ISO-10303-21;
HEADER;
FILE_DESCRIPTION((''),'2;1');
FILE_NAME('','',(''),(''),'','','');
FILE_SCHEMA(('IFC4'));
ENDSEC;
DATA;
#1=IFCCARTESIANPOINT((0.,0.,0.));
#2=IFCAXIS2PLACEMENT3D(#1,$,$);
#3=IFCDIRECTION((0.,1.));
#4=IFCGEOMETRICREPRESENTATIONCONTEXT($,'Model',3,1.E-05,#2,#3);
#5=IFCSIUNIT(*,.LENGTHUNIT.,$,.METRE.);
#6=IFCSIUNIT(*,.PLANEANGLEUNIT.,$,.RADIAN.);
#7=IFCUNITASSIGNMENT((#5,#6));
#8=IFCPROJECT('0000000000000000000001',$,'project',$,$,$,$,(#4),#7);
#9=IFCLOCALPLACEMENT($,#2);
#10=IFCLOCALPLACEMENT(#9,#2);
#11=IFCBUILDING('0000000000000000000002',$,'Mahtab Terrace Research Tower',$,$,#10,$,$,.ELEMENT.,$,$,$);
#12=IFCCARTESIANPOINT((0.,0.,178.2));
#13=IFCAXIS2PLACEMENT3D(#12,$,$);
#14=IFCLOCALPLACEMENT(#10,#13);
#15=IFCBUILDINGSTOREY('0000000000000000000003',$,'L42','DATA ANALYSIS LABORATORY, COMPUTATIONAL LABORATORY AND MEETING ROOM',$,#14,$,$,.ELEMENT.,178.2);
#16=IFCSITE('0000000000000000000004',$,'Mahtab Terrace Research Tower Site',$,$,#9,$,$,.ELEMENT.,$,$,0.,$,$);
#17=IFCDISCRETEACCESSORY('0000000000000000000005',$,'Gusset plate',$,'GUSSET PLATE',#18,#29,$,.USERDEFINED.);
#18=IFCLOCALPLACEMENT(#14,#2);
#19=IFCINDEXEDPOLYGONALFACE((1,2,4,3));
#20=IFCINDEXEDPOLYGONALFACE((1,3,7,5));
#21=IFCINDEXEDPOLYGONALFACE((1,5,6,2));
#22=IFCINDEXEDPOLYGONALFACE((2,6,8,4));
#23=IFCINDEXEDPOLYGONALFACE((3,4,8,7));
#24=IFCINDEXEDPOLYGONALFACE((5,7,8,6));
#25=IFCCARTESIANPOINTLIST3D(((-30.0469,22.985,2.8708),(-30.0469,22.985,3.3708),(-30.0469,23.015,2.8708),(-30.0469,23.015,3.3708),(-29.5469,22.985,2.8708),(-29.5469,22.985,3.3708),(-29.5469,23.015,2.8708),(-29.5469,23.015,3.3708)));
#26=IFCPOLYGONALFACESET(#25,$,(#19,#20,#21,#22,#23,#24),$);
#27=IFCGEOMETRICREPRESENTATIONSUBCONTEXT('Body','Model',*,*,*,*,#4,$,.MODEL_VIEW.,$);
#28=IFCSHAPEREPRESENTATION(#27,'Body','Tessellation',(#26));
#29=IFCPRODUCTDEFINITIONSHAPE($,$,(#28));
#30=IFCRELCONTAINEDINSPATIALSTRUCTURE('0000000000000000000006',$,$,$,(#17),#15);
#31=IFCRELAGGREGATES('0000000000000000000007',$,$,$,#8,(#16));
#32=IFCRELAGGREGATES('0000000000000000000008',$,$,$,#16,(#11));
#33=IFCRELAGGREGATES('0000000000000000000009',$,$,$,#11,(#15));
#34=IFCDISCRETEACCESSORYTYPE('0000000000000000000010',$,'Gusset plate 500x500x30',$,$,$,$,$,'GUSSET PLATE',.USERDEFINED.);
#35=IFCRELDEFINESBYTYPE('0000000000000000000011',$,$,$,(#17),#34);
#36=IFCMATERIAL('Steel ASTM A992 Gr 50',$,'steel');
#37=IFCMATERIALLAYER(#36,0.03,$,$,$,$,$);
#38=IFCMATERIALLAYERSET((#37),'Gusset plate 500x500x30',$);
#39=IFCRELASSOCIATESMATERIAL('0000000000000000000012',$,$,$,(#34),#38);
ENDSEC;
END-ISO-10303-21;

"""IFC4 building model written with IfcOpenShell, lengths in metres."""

from ifc_helpers import new_model, si_unit, direction, frame, origin, origin_2d, place, context, subcontext, project, spatial, rectangle, extrude, material, layer, layer_set, type_object, element, save


model = new_model("IFC4")

# Units and contexts
model_context = context("Model", 3, precision=1e-05, world=origin(), true_north=direction((0.0, 1.0)))
body_context = subcontext(model_context, "Body", "Model", "MODEL_VIEW")
ifc_project = project(units=[si_unit("LENGTHUNIT", "METRE"), si_unit("PLANEANGLEUNIT", "RADIAN")], contexts=[model_context])

# Site, building, storey
site_placement = place(None, origin())
site = spatial("IfcSite", under=ifc_project, at=site_placement, Name="Mahtab Terrace Research Tower Site", CompositionType="ELEMENT", RefElevation=0.0)
building_placement = place(site_placement, origin())
building = spatial("IfcBuilding", under=site, at=building_placement, Name="Mahtab Terrace Research Tower", CompositionType="ELEMENT")
storey_placement = place(building_placement, frame((0.0, 0.0, 178.2)))
storey = spatial("IfcBuildingStorey", under=building, at=storey_placement, Name="L42", Description="DATA ANALYSIS LABORATORY, COMPUTATIONAL LABORATORY AND MEETING ROOM", CompositionType="ELEMENT", Elevation=178.2)

# Shared definitions
ifc_material_1 = material(Name="Steel ASTM A992 Gr 50", Category="steel")

# Discrete accessory
ifc_layer_1 = layer(ifc_material_1, 0.03)
ifc_layer_set_1 = layer_set([ifc_layer_1], Name="Gusset plate 500x500x30")
discrete_accessory_type = type_object("IfcDiscreteAccessoryType", Name="Gusset plate 500x500x30", ElementType="GUSSET PLATE", PredefinedType="USERDEFINED", material=ifc_layer_set_1)
discrete_accessory_placement = place(storey_placement, frame((-29.7969, 23.0, 2.8708), z_axis=(0.0, 0.0, 1.0), x_axis=(1.0, 0.0, 0.0)))
element("IfcDiscreteAccessory", 1, at=discrete_accessory_placement, inside=storey, type_object=discrete_accessory_type, Name="Gusset plate", ObjectType="GUSSET PLATE", PredefinedType="USERDEFINED", context=body_context, shape_type="SweptSolid", body=[
    extrude(rectangle(XDim=0.5, YDim=0.03, at=origin_2d()), origin(), (0.0, 0.0, 1.0), 0.5),
])

save(model, "model.ifc")
